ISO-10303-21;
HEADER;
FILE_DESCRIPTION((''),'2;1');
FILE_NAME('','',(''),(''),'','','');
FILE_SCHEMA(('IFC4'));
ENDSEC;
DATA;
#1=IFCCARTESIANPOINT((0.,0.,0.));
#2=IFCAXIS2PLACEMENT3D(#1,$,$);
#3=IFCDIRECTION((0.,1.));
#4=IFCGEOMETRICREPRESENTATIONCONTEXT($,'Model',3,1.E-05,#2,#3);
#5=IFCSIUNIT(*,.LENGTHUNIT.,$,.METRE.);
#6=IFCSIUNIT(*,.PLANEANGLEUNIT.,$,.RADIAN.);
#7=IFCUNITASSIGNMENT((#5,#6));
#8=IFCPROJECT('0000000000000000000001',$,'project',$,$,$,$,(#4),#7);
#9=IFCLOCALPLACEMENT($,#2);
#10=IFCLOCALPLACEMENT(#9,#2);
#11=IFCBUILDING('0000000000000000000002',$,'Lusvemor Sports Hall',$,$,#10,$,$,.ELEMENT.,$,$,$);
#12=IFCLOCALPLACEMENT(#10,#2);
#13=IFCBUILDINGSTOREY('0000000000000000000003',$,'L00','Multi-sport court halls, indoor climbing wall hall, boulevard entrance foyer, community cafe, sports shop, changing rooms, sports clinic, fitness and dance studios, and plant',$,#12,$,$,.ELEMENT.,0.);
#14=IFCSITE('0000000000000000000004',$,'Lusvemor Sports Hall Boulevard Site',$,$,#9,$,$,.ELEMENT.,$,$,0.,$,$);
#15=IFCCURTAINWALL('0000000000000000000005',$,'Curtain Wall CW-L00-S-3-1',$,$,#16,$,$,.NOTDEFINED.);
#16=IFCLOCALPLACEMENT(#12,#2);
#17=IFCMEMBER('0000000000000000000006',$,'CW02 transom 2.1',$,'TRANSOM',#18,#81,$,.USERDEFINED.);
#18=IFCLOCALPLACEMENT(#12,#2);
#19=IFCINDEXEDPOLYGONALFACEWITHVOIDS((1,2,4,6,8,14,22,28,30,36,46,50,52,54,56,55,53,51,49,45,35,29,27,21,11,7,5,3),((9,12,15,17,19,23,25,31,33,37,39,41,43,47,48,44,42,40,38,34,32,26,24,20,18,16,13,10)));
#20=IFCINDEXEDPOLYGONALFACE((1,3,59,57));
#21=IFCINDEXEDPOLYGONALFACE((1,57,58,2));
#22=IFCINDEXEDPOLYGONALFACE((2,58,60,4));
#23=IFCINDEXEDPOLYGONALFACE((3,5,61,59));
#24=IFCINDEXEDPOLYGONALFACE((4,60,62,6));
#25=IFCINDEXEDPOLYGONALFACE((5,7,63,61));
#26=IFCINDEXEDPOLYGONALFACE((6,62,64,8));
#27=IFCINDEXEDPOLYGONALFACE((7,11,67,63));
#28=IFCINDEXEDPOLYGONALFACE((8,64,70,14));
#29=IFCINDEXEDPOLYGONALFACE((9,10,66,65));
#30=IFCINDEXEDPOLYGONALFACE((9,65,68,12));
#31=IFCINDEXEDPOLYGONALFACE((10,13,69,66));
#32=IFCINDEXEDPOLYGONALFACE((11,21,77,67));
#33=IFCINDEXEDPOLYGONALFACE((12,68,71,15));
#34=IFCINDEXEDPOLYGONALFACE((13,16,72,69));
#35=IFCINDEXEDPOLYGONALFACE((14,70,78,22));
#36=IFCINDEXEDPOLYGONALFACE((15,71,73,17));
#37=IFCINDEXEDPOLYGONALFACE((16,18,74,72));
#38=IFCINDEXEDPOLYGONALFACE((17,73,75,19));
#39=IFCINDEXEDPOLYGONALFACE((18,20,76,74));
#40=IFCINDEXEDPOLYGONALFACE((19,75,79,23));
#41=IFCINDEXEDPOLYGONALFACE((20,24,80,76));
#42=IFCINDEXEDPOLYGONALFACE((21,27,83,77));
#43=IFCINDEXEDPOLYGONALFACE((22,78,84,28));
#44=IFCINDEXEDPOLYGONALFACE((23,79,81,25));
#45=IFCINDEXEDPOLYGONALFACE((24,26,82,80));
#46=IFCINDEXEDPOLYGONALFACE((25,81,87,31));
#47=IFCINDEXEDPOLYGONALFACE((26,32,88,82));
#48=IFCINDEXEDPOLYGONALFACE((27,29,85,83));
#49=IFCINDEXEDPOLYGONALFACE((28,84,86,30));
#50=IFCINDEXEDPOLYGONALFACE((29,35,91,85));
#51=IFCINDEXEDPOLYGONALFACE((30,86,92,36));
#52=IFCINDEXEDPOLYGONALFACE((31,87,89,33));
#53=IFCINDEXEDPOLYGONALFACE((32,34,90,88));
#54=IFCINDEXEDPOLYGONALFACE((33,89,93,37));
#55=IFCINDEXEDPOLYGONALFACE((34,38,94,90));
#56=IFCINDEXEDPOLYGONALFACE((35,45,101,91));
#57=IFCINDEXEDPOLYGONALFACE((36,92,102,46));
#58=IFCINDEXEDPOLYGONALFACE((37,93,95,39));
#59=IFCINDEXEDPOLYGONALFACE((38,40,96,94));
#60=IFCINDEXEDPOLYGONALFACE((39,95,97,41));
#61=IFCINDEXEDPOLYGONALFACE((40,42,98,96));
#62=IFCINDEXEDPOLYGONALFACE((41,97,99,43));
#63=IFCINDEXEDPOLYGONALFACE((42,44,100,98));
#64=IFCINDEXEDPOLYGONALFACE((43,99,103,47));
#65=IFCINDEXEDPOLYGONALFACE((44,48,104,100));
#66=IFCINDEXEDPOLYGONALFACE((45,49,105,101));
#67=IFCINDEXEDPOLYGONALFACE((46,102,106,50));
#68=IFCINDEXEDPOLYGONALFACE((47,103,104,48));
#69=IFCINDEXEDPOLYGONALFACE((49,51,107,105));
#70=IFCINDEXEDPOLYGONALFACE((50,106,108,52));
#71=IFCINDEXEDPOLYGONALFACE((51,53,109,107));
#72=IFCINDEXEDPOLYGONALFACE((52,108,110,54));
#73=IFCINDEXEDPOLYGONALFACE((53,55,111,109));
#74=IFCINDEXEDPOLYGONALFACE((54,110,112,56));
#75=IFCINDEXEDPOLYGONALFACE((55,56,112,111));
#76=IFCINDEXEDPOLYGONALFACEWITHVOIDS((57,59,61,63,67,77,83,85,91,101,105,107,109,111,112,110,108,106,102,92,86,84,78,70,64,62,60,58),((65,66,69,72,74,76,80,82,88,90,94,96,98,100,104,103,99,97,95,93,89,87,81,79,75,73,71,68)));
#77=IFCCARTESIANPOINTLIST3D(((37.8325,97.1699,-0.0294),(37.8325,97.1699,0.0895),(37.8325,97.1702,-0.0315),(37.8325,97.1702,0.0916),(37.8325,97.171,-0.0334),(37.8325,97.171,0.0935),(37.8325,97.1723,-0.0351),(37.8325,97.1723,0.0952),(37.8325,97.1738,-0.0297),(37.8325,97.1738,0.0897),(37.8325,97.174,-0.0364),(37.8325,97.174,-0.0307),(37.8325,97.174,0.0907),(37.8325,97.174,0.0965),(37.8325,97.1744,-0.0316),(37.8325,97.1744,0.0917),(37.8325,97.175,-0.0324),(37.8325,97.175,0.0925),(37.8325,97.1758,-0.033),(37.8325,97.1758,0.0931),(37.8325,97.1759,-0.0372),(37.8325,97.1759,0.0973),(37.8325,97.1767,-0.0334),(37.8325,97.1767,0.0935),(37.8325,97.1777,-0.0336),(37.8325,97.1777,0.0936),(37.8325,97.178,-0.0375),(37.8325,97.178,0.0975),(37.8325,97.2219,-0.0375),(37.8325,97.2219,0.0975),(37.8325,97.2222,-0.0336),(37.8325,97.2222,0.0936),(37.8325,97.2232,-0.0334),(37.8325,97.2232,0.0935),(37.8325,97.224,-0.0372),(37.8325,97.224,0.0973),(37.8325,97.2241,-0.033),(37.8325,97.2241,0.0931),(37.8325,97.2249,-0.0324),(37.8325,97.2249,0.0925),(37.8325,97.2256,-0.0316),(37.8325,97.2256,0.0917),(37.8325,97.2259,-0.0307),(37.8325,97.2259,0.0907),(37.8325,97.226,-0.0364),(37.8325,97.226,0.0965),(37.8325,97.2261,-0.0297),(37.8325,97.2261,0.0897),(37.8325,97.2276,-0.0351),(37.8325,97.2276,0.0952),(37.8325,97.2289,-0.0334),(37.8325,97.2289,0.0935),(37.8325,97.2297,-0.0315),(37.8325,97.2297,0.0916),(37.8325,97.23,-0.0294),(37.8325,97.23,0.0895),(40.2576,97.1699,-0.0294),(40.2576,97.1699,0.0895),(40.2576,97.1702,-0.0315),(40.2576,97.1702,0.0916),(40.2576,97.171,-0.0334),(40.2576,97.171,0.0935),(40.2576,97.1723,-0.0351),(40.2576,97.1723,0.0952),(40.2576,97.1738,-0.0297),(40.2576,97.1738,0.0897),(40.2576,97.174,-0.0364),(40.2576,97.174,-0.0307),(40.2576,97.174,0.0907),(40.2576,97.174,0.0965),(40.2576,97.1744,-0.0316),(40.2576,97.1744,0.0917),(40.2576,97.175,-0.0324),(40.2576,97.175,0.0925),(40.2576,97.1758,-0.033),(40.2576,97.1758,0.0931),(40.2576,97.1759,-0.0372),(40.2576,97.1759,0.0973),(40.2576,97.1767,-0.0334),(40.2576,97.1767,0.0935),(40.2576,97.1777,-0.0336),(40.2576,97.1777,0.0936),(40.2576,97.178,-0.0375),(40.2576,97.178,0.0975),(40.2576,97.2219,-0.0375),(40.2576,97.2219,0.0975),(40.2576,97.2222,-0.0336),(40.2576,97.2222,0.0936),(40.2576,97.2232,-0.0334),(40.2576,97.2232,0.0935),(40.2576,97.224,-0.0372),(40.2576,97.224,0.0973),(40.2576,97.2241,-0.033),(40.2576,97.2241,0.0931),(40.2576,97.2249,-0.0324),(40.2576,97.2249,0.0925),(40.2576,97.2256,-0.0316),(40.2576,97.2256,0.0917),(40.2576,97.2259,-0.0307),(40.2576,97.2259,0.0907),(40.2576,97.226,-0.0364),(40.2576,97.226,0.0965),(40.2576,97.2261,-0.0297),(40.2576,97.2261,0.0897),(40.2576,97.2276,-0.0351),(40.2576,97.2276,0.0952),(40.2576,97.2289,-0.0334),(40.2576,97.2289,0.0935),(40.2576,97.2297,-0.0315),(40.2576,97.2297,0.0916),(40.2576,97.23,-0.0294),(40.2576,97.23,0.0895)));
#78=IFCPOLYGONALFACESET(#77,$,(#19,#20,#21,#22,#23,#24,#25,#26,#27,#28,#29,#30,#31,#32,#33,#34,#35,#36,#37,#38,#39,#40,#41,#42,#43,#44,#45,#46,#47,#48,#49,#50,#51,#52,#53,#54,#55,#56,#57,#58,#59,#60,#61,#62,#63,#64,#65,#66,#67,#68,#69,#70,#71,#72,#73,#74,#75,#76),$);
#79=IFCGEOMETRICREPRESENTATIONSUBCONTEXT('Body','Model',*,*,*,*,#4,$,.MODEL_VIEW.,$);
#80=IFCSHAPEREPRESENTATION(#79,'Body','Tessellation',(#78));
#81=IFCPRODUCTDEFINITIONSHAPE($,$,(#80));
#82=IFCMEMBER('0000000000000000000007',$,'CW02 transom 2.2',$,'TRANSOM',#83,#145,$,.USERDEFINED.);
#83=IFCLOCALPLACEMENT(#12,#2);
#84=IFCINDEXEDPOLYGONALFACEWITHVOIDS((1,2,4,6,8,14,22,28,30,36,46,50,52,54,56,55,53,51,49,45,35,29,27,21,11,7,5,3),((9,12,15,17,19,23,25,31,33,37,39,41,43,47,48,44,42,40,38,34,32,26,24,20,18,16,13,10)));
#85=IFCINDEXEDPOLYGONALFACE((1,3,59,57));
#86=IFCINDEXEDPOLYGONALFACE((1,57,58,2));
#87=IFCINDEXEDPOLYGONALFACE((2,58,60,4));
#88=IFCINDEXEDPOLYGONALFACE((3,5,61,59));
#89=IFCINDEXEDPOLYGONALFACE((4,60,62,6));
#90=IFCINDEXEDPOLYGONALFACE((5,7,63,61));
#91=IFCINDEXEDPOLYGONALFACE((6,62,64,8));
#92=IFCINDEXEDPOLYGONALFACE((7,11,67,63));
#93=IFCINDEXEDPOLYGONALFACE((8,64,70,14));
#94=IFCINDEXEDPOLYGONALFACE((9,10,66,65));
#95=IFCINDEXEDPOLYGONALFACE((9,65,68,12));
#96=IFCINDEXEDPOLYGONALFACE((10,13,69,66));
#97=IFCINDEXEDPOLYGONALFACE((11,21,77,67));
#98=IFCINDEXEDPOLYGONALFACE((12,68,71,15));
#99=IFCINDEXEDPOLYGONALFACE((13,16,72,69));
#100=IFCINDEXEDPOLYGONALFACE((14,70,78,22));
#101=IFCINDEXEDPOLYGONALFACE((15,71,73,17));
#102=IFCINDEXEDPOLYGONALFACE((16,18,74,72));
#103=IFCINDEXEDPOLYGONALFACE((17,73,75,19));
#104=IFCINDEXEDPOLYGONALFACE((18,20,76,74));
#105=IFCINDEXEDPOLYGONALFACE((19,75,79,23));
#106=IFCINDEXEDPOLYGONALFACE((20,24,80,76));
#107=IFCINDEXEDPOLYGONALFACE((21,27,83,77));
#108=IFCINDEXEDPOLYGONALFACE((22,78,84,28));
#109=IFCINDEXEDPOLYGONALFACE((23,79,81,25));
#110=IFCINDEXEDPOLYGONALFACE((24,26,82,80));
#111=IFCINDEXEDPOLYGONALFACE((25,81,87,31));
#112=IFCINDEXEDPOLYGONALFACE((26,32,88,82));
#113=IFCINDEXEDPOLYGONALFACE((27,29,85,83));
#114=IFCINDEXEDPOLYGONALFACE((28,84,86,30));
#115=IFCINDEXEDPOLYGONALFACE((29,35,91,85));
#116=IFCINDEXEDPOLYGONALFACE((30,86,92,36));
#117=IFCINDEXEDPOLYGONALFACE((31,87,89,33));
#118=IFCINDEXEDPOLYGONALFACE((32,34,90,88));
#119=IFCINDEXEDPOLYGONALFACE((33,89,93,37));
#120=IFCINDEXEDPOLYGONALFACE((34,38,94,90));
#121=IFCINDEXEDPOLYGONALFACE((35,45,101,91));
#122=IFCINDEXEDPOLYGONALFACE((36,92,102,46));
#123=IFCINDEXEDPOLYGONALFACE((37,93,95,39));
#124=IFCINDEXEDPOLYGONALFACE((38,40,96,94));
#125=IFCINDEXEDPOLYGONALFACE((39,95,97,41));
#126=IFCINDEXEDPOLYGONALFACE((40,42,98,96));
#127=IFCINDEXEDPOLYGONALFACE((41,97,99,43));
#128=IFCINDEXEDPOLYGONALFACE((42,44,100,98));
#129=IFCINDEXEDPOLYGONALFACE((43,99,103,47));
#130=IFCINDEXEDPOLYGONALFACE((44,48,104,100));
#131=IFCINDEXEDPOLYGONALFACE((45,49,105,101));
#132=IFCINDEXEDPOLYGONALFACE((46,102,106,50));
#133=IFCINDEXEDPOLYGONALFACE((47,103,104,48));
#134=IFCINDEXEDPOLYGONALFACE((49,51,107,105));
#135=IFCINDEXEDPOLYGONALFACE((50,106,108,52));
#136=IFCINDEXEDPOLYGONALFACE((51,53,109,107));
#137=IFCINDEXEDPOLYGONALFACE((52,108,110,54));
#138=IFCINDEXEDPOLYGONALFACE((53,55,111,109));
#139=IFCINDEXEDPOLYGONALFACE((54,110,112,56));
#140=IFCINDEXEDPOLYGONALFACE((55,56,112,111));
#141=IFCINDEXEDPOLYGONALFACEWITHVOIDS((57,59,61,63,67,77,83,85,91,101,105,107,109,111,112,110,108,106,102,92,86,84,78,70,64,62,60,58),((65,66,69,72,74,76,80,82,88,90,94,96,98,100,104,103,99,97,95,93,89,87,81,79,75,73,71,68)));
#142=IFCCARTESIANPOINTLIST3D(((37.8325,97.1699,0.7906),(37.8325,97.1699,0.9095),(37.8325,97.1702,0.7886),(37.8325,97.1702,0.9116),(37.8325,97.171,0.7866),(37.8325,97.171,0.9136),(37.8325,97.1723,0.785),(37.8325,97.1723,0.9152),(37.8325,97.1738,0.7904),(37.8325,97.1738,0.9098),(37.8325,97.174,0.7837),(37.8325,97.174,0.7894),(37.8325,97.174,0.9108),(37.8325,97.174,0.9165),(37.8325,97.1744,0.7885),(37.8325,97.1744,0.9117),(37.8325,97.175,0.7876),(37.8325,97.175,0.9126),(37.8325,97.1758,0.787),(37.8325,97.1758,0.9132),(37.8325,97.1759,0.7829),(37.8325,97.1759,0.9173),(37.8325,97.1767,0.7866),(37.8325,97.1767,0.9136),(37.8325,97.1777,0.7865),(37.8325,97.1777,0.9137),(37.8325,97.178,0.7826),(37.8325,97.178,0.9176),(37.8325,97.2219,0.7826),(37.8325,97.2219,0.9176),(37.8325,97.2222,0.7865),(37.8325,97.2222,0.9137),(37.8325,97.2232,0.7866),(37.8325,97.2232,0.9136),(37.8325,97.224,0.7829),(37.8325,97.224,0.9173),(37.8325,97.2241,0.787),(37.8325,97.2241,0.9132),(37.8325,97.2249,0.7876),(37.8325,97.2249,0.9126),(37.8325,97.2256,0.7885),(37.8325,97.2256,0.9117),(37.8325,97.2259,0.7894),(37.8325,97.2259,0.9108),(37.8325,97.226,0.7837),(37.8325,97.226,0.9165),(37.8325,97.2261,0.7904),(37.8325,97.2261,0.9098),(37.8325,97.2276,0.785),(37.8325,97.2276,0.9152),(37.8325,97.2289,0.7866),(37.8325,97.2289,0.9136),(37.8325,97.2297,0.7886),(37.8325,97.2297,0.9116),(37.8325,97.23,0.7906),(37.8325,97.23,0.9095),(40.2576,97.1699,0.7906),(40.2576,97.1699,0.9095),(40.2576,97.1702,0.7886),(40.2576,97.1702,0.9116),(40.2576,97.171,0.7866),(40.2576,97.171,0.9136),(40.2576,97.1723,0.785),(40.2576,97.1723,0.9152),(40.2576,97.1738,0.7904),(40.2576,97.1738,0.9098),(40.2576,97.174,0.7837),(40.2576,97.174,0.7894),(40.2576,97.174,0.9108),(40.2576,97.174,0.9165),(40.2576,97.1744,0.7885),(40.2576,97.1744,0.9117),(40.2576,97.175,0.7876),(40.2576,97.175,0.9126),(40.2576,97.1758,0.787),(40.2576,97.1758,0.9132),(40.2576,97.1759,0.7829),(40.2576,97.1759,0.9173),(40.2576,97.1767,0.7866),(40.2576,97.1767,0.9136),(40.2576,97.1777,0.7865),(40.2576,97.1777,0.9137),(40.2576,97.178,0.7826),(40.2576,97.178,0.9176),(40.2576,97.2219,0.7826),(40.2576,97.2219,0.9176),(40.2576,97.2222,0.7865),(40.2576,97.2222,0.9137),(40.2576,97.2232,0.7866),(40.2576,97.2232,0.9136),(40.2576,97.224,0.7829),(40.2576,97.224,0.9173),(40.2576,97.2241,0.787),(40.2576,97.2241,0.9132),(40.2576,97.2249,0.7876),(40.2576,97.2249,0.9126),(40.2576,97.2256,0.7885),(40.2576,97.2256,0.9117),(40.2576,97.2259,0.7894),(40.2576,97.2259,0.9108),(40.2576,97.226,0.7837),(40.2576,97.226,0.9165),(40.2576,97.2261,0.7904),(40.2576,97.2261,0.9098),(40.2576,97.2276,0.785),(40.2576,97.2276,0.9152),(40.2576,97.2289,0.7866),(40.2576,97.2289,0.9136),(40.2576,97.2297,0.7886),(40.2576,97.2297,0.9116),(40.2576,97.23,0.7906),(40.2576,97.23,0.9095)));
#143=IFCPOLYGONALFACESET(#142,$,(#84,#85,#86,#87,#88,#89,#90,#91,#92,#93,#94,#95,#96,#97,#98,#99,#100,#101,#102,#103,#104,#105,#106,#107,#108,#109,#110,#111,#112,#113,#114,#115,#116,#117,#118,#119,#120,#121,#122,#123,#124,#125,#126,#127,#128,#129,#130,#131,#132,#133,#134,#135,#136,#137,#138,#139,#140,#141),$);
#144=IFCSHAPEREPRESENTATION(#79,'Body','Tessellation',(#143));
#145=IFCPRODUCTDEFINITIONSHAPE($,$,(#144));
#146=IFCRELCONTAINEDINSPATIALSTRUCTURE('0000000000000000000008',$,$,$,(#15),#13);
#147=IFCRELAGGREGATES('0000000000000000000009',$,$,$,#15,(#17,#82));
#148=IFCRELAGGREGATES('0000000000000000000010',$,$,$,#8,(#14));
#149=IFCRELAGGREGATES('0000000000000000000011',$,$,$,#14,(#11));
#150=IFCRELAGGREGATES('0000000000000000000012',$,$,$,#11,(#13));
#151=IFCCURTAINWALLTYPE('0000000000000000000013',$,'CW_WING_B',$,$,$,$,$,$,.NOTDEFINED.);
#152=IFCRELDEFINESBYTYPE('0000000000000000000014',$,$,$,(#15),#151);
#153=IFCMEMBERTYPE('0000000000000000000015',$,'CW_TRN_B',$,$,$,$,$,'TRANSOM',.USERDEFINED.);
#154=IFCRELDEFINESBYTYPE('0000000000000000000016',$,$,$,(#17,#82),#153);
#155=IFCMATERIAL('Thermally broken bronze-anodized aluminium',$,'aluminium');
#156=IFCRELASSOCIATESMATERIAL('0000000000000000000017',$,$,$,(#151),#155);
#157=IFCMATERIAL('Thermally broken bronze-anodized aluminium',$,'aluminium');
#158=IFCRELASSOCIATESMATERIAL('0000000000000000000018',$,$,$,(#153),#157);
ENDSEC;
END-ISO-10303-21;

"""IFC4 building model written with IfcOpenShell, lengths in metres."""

from ifc_helpers import new_model, si_unit, direction, frame, origin, origin_2d, place, context, subcontext, project, spatial, hollow_rectangle, extrude, material, material_profile, profile_set, type_object, element, aggregate, save


model = new_model("IFC4")

# Units and contexts
model_context = context("Model", 3, precision=1e-05, world=origin(), true_north=direction((0.0, 1.0)))
body_context = subcontext(model_context, "Body", "Model", "MODEL_VIEW")
ifc_project = project(units=[si_unit("LENGTHUNIT", "METRE"), si_unit("PLANEANGLEUNIT", "RADIAN")], contexts=[model_context])

# Site, building, storey
site_placement = place(None, origin())
site = spatial("IfcSite", under=ifc_project, at=site_placement, Name="Lusvemor Sports Hall Boulevard Site", CompositionType="ELEMENT", RefElevation=0.0)
building_placement = place(site_placement, origin())
building = spatial("IfcBuilding", under=site, at=building_placement, Name="Lusvemor Sports Hall", CompositionType="ELEMENT")
storey_placement = place(building_placement, origin())
storey = spatial("IfcBuildingStorey", under=building, at=storey_placement, Name="L00", Description="Multi-sport court halls, indoor climbing wall hall, boulevard entrance foyer, community cafe, sports shop, changing rooms, sports clinic, fitness and dance studios, and plant", CompositionType="ELEMENT", Elevation=0.0)

# Curtain wall
ifc_material_1 = material(Name="Thermally broken bronze-anodized aluminium", Category="aluminium")
curtain_wall_type = type_object("IfcCurtainWallType", Name="CW_WING_B", PredefinedType="NOTDEFINED", material=ifc_material_1)
curtain_wall_1_placement = place(storey_placement, origin())
curtain_wall_1 = element("IfcCurtainWall", 1, at=curtain_wall_1_placement, inside=storey, type_object=curtain_wall_type, Name="Curtain Wall CW-L00-S-3-1", PredefinedType="NOTDEFINED")

# Members
ifc_material_2 = material(Name="Thermally broken bronze-anodized aluminium", Category="aluminium")
ifc_material_profile_1 = material_profile(ifc_material_2, hollow_rectangle(XDim=0.0601, YDim=0.135, WallThickness=0.0039, InnerFilletRadius=0.0039, OuterFilletRadius=0.0081, at=origin_2d()), Name="CWTRN135x60x4")
ifc_profile_set_1 = profile_set([ifc_material_profile_1], Name="Thermally broken bronze-anodized aluminium")
member_type_1 = type_object("IfcMemberType", Name="CW_TRN_B", ElementType="TRANSOM", PredefinedType="USERDEFINED", material=ifc_profile_set_1)
member_1_placement = place(storey_placement, frame((40.2576, 97.2, 0.03), z_axis=(-1.0, 0.0, 0.0), x_axis=(0.0, -1.0, 0.0)))
member_1 = element("IfcMember", 2, at=member_1_placement, type_object=member_type_1, Name="CW02 transom 2.1", ObjectType="TRANSOM", PredefinedType="USERDEFINED", context=body_context, shape_type="SweptSolid", body=[
    extrude(hollow_rectangle(XDim=0.0601, YDim=0.135, WallThickness=0.0039, InnerFilletRadius=0.0039, OuterFilletRadius=0.0081, at=origin_2d()), origin(), (0.0, 0.0, 1.0), 2.425),
])
member_2_placement = place(storey_placement, frame((40.2576, 97.2, 0.8501), z_axis=(-1.0, 0.0, 0.0), x_axis=(0.0, -1.0, 0.0)))
member_2 = element("IfcMember", 3, at=member_2_placement, type_object=member_type_1, Name="CW02 transom 2.2", ObjectType="TRANSOM", PredefinedType="USERDEFINED", context=body_context, shape_type="SweptSolid", body=[
    extrude(hollow_rectangle(XDim=0.0601, YDim=0.135, WallThickness=0.0039, InnerFilletRadius=0.0039, OuterFilletRadius=0.0081, at=origin_2d()), origin(), (0.0, 0.0, 1.0), 2.425),
])

aggregate(curtain_wall_1, [member_1, member_2])

save(model, "model.ifc")
